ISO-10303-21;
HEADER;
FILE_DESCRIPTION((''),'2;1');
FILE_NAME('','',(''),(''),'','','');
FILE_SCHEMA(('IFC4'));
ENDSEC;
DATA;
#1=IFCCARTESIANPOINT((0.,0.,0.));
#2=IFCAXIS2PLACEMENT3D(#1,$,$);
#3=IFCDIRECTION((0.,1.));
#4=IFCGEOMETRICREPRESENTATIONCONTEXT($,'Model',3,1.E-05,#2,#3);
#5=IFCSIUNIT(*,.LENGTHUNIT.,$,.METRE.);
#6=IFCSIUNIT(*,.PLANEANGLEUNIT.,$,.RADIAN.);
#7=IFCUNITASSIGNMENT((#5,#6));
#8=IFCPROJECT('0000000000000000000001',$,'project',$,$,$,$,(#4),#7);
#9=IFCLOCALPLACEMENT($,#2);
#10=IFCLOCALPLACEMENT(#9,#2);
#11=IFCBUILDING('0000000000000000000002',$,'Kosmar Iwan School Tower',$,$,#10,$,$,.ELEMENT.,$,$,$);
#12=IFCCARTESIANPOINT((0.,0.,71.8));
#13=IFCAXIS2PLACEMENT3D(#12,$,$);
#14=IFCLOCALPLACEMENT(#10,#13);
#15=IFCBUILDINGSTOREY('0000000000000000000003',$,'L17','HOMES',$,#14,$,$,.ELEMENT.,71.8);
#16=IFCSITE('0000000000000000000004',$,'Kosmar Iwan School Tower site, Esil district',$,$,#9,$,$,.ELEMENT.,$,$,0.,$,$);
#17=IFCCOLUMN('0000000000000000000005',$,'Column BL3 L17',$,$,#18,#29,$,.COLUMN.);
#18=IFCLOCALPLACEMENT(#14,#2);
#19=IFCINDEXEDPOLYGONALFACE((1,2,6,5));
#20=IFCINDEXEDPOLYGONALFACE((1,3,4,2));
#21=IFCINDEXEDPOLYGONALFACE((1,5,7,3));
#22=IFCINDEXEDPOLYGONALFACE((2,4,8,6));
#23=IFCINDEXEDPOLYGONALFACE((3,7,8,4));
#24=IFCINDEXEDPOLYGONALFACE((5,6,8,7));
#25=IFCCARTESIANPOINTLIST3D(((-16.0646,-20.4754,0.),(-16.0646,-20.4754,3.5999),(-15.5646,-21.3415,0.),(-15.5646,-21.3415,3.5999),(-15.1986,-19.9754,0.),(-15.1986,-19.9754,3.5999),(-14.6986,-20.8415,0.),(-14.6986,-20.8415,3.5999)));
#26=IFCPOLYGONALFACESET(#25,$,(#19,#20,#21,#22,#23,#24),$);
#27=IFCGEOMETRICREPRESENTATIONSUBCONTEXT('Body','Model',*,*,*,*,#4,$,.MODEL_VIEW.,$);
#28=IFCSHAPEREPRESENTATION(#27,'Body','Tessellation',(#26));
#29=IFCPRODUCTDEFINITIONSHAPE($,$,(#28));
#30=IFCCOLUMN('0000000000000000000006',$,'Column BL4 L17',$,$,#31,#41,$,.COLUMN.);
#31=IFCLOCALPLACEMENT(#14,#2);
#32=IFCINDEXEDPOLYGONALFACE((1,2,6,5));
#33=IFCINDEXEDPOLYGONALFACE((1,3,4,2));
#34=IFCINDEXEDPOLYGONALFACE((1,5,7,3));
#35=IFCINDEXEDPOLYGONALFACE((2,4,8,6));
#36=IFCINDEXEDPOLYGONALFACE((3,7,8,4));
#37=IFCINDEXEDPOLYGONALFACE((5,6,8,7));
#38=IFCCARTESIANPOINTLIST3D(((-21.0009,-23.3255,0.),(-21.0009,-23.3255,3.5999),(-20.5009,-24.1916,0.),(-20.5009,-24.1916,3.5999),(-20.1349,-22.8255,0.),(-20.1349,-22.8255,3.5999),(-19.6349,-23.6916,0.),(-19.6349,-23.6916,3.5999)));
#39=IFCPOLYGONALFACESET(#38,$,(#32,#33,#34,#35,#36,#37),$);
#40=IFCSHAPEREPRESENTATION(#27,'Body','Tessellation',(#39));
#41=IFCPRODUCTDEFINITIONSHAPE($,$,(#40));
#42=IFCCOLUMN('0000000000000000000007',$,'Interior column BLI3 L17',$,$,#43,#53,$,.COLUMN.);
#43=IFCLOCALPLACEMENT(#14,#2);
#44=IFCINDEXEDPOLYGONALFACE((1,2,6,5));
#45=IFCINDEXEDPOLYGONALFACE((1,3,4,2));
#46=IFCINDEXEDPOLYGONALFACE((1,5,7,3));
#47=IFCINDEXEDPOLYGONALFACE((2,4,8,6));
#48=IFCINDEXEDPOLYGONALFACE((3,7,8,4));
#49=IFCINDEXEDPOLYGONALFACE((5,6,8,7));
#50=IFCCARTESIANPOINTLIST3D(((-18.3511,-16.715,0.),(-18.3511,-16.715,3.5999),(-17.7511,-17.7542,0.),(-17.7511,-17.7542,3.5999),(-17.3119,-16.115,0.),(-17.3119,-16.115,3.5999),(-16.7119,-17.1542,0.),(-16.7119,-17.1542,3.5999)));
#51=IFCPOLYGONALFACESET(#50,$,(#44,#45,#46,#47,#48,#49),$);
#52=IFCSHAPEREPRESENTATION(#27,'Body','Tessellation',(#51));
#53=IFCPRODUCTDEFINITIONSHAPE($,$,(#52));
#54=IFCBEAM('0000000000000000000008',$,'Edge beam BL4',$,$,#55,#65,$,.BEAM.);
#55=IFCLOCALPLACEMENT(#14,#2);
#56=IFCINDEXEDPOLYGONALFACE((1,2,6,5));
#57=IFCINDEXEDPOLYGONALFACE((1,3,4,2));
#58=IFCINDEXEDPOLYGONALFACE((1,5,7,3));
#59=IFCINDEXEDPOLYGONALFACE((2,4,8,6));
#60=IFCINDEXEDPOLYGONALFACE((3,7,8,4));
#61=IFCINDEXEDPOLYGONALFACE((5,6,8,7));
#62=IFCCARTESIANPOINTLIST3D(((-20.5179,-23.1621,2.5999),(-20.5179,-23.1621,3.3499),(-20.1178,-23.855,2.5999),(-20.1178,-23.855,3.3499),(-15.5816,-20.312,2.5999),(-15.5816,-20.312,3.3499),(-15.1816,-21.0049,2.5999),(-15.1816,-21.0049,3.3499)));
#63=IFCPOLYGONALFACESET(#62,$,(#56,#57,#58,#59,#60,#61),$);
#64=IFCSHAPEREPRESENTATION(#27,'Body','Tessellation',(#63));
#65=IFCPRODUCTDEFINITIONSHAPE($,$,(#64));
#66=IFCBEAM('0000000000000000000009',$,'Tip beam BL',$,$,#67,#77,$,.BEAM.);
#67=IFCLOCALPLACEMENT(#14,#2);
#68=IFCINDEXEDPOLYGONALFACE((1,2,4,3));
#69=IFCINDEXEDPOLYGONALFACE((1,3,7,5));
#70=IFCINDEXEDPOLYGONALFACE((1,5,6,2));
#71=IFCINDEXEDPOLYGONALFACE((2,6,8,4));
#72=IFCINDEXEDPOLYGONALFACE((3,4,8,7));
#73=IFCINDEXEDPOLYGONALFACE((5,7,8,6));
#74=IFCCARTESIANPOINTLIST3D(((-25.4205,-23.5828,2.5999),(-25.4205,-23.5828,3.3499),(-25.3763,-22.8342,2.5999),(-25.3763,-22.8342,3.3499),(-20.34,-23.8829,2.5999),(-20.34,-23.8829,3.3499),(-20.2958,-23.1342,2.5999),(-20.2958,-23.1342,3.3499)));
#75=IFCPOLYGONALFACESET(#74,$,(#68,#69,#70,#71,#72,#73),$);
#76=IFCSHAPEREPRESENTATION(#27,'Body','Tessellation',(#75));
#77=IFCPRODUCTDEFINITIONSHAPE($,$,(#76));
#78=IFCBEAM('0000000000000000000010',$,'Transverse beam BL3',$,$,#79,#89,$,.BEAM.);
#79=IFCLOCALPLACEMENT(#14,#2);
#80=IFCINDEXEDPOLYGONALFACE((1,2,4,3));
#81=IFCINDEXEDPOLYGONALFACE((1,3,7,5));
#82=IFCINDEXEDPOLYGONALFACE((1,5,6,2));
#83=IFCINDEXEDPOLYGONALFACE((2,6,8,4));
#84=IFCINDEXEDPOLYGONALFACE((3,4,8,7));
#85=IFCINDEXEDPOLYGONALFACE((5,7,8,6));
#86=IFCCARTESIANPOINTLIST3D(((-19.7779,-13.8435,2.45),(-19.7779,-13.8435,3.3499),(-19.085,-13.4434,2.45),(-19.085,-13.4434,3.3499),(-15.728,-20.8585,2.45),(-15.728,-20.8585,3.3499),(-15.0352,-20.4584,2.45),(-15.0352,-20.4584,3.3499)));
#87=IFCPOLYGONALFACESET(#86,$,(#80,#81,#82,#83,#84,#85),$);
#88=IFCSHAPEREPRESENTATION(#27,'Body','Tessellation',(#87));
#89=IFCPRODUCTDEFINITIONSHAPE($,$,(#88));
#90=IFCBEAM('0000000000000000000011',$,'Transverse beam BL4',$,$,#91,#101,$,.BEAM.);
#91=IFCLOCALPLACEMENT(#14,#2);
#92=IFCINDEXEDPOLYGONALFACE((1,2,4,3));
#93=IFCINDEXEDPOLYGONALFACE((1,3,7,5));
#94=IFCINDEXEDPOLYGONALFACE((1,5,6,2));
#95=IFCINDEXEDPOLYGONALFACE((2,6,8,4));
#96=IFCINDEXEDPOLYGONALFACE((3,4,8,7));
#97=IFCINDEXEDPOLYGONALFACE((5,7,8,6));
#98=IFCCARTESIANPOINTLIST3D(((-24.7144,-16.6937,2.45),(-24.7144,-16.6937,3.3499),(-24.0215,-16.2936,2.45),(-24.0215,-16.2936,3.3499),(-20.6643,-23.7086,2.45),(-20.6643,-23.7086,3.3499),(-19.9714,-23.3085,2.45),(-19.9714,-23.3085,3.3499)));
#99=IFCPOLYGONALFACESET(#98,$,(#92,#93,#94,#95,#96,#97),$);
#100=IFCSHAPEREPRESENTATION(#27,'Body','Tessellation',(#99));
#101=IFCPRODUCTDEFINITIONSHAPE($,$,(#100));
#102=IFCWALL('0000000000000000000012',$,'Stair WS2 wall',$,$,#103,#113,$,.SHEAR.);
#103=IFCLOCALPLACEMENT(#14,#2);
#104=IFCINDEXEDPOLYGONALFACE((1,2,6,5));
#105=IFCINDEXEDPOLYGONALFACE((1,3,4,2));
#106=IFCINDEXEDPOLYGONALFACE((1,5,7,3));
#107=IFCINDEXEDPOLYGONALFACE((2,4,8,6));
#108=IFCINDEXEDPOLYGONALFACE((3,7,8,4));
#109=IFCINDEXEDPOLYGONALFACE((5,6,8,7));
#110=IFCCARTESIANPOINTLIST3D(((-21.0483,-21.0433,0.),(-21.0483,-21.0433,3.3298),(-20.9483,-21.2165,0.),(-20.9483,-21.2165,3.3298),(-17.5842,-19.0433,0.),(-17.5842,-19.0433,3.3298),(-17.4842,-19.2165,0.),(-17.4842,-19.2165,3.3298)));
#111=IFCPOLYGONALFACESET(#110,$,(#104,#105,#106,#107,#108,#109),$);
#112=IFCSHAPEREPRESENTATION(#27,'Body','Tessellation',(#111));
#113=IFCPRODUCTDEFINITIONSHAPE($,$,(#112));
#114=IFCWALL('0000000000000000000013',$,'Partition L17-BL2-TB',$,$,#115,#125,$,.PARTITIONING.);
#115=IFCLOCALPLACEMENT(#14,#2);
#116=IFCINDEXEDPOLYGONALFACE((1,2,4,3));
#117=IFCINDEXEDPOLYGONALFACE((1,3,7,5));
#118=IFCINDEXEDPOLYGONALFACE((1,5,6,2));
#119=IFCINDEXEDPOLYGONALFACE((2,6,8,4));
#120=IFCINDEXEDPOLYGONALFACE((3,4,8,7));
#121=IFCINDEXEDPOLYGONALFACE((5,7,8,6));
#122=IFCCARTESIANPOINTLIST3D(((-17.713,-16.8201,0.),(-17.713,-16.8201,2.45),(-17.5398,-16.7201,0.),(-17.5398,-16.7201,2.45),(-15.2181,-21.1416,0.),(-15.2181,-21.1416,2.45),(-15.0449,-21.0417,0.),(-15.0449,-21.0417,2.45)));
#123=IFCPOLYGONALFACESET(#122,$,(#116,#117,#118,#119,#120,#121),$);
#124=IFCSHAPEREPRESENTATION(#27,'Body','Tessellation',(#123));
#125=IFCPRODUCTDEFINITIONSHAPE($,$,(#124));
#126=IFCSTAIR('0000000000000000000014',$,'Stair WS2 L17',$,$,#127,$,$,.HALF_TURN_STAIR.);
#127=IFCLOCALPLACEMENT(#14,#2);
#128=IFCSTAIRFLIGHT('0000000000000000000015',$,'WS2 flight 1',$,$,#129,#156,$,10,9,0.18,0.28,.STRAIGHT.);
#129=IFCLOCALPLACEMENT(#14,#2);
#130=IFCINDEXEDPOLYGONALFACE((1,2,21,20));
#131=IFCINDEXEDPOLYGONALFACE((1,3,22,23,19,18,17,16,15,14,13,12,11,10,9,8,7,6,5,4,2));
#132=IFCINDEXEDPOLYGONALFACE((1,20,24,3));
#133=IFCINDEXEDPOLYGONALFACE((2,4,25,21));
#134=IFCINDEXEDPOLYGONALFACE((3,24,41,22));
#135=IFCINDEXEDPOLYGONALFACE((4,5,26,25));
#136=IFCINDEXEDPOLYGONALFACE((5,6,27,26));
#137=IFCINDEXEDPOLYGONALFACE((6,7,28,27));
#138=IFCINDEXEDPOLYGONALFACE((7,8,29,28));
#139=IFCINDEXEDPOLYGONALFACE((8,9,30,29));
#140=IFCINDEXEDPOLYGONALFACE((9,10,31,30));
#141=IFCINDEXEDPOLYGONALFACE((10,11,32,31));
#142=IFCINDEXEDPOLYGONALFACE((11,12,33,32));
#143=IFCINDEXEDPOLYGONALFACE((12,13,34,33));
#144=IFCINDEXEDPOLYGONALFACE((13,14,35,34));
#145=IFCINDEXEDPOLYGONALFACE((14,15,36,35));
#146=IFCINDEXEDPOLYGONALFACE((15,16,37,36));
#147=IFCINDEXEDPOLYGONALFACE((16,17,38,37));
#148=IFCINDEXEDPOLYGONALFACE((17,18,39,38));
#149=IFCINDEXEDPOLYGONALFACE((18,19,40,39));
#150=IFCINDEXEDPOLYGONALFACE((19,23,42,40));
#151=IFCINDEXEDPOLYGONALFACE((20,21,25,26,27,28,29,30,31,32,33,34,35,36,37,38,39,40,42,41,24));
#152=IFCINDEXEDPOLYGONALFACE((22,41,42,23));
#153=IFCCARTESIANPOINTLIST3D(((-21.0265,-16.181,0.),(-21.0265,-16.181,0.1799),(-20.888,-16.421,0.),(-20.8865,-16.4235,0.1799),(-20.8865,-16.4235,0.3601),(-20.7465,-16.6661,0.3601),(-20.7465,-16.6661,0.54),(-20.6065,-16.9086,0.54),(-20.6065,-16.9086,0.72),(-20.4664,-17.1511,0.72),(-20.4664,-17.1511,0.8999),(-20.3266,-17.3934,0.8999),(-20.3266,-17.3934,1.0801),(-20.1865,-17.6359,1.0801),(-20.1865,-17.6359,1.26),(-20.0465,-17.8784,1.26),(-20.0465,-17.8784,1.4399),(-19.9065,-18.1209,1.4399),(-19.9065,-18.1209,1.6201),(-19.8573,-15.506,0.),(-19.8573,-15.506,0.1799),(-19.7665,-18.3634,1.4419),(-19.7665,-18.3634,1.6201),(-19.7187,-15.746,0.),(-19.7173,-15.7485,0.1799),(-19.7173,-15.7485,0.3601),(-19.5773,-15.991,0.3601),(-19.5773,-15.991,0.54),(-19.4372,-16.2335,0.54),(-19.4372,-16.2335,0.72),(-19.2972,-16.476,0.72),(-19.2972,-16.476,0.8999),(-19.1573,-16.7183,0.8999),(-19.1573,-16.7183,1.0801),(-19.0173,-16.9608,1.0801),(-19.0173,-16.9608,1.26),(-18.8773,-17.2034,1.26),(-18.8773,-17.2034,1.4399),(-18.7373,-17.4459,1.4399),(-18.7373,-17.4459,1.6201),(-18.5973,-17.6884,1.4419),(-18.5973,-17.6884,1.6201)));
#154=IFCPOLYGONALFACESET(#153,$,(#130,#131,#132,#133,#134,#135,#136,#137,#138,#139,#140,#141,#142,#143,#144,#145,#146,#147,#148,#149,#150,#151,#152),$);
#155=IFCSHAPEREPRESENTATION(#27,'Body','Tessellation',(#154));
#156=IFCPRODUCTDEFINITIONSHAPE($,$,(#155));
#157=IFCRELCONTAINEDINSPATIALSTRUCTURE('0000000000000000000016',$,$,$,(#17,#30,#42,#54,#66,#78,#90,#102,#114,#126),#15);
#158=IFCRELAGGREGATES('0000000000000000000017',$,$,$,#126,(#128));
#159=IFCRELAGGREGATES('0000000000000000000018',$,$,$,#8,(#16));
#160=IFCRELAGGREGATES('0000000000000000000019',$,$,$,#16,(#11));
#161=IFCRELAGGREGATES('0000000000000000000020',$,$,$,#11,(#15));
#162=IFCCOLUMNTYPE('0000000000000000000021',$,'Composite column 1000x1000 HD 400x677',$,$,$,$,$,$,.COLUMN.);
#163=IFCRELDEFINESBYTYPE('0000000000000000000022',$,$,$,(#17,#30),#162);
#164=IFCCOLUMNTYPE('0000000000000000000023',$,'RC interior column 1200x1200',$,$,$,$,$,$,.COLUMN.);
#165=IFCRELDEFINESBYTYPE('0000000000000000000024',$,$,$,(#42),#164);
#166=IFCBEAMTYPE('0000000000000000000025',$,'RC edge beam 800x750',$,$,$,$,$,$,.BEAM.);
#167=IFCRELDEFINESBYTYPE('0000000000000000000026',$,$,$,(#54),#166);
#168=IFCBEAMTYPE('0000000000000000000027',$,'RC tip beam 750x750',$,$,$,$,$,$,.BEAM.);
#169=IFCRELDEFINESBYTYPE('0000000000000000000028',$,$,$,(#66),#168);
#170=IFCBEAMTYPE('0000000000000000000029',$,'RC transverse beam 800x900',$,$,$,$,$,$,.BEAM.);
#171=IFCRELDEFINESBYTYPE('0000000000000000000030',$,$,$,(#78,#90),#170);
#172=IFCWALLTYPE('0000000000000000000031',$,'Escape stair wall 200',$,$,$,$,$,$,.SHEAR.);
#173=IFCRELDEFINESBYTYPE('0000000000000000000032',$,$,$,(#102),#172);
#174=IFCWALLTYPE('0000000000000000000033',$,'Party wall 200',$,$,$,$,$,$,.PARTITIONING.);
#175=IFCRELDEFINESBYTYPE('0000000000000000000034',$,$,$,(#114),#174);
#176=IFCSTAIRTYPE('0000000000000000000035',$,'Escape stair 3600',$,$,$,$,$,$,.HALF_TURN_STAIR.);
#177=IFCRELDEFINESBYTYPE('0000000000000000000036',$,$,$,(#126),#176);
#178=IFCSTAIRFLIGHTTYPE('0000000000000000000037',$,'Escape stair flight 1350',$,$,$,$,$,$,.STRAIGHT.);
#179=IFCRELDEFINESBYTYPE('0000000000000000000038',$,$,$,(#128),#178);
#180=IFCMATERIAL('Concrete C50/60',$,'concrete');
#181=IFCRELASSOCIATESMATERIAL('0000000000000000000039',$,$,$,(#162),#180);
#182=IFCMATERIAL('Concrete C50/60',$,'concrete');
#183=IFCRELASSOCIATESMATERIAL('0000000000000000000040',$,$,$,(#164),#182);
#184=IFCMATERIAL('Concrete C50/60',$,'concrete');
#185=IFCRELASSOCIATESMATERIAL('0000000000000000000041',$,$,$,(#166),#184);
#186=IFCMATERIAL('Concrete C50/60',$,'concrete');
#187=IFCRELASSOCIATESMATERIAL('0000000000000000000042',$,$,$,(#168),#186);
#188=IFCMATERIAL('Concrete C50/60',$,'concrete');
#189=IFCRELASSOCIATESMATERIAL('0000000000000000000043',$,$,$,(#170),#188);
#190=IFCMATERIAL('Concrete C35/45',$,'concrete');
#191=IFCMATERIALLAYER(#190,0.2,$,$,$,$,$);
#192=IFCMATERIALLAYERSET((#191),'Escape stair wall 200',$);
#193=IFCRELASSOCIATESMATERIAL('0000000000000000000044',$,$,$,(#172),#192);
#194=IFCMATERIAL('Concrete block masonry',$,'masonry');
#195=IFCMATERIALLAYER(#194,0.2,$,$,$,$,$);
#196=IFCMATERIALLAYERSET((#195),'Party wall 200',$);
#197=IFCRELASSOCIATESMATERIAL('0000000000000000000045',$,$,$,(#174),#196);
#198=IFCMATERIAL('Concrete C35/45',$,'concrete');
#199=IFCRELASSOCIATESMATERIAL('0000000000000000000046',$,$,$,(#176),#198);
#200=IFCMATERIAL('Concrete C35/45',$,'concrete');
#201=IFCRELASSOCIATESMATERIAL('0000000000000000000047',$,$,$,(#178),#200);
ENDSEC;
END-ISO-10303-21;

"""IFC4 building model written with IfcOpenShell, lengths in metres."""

from ifc_helpers import new_model, si_unit, direction, frame, frame_2d, origin, origin_2d, place, context, subcontext, project, spatial, polyline, rectangle, outline, extrude, material, layer, layer_set, material_profile, profile_set, type_object, element, aggregate, save


model = new_model("IFC4")

# Units and contexts
model_context = context("Model", 3, precision=1e-05, world=origin(), true_north=direction((0.0, 1.0)))
body_context = subcontext(model_context, "Body", "Model", "MODEL_VIEW")
ifc_project = project(units=[si_unit("LENGTHUNIT", "METRE"), si_unit("PLANEANGLEUNIT", "RADIAN")], contexts=[model_context])

# Site, building, storey
site_placement = place(None, origin())
site = spatial("IfcSite", under=ifc_project, at=site_placement, Name="Kosmar Iwan School Tower site, Esil district", CompositionType="ELEMENT", RefElevation=0.0)
building_placement = place(site_placement, origin())
building = spatial("IfcBuilding", under=site, at=building_placement, Name="Kosmar Iwan School Tower", CompositionType="ELEMENT")
storey_placement = place(building_placement, frame((0.0, 0.0, 71.8)))
storey = spatial("IfcBuildingStorey", under=building, at=storey_placement, Name="L17", Description="HOMES", CompositionType="ELEMENT", Elevation=71.8)

# Columns
ifc_material_1 = material(Name="Concrete C50/60", Category="concrete")
ifc_material_profile_1 = material_profile(ifc_material_1, rectangle(XDim=1.0, YDim=1.0, at=origin_2d()), Name="RC 1000x1000 + HD 400x677")
ifc_profile_set_1 = profile_set([ifc_material_profile_1], Name="Concrete C50/60")
column_type_1 = type_object("IfcColumnType", Name="Composite column 1000x1000 HD 400x677", PredefinedType="COLUMN", material=ifc_profile_set_1)
for number, where, z_axis, x_axis, name in (
    (1, (-15.3816, -20.6584, 0.0), (0.0, 0.0, 1.0), (-0.866025, -0.5, 0.0), "Column BL3 L17"),
    (2, (-20.3179, -23.5085, 0.0), (0.0, 0.0, 1.0), (-0.866025, -0.5, 0.0), "Column BL4 L17"),
):
    element("IfcColumn", number, at=place(storey_placement, frame(where, z_axis=z_axis, x_axis=x_axis)), inside=storey, type_object=column_type_1, Name=name, PredefinedType="COLUMN", context=body_context, shape_type="SweptSolid", body=[
        extrude(rectangle(XDim=1.0, YDim=1.0, at=origin_2d()), origin(), (0.0, 0.0, 1.0), 3.5999),
    ])
ifc_material_2 = material(Name="Concrete C50/60", Category="concrete")
ifc_material_profile_2 = material_profile(ifc_material_2, rectangle(XDim=1.2, YDim=1.2, at=origin_2d()), Name="RC 1200x1200")
ifc_profile_set_2 = profile_set([ifc_material_profile_2], Name="Concrete C50/60")
column_type_2 = type_object("IfcColumnType", Name="RC interior column 1200x1200", PredefinedType="COLUMN", material=ifc_profile_set_2)
column_placement = place(storey_placement, frame((-17.5315, -16.9346, 0.0), z_axis=(0.0, 0.0, 1.0), x_axis=(-0.866025, -0.5, 0.0)))
element("IfcColumn", 3, at=column_placement, inside=storey, type_object=column_type_2, Name="Interior column BLI3 L17", PredefinedType="COLUMN", context=body_context, shape_type="SweptSolid", body=[
    extrude(rectangle(XDim=1.2, YDim=1.2, at=origin_2d()), origin(), (0.0, 0.0, 1.0), 3.5999),
])

# Beams
ifc_material_3 = material(Name="Concrete C50/60", Category="concrete")
ifc_material_profile_3 = material_profile(ifc_material_3, rectangle(XDim=0.8, YDim=0.75, at=origin_2d()), Name="RC 800x750")
ifc_profile_set_3 = profile_set([ifc_material_profile_3], Name="Concrete C50/60")
beam_type_1 = type_object("IfcBeamType", Name="RC edge beam 800x750", PredefinedType="BEAM", material=ifc_profile_set_3)
beam_1_placement = place(storey_placement, frame((-15.3816, -20.6584, 2.9749), z_axis=(-0.866015, -0.500018, 0.0), x_axis=(0.500018, -0.866015, 0.0)))
element("IfcBeam", 4, at=beam_1_placement, inside=storey, type_object=beam_type_1, Name="Edge beam BL4", PredefinedType="BEAM", context=body_context, shape_type="SweptSolid", body=[
    extrude(rectangle(XDim=0.8, YDim=0.75, at=origin_2d()), origin(), (0.0, 0.0, 1.0), 5.7),
])
ifc_material_4 = material(Name="Concrete C50/60", Category="concrete")
ifc_material_profile_4 = material_profile(ifc_material_4, rectangle(XDim=0.75, YDim=0.75, at=origin_2d()), Name="RC 750x750")
ifc_profile_set_4 = profile_set([ifc_material_profile_4], Name="Concrete C50/60")
beam_type_2 = type_object("IfcBeamType", Name="RC tip beam 750x750", PredefinedType="BEAM", material=ifc_profile_set_4)
beam_2_placement = place(storey_placement, frame((-20.3179, -23.5085, 2.9749), z_axis=(-0.998261, 0.058955, 0.0), x_axis=(-0.058955, -0.998261, 0.0)))
element("IfcBeam", 5, at=beam_2_placement, inside=storey, type_object=beam_type_2, Name="Tip beam BL", PredefinedType="BEAM", context=body_context, shape_type="SweptSolid", body=[
    extrude(rectangle(XDim=0.75, YDim=0.75, at=origin_2d()), origin(), (0.0, 0.0, 1.0), 5.0894),
])
ifc_material_5 = material(Name="Concrete C50/60", Category="concrete")
ifc_material_profile_5 = material_profile(ifc_material_5, rectangle(XDim=0.8, YDim=0.8999, at=origin_2d()), Name="RC 800x900")
ifc_profile_set_5 = profile_set([ifc_material_profile_5], Name="Concrete C50/60")
beam_type_3 = type_object("IfcBeamType", Name="RC transverse beam 800x900", PredefinedType="BEAM", material=ifc_profile_set_5)
for number, where, z_axis, x_axis, name in (
    (6, (-15.3816, -20.6584, 2.8999), (-0.499977, 0.866039, 0.0), (-0.866039, -0.499977, 0.0), "Transverse beam BL3"),
    (7, (-20.3179, -23.5085, 2.8999), (-0.5, 0.866025, 0.0), (-0.866025, -0.5, 0.0), "Transverse beam BL4"),
):
    element("IfcBeam", number, at=place(storey_placement, frame(where, z_axis=z_axis, x_axis=x_axis)), inside=storey, type_object=beam_type_3, Name=name, PredefinedType="BEAM", context=body_context, shape_type="SweptSolid", body=[
        extrude(rectangle(XDim=0.8, YDim=0.8999, at=origin_2d()), origin(), (0.0, 0.0, 1.0), 8.1001),
    ])

# Walls
ifc_material_6 = material(Name="Concrete C35/45", Category="concrete")
ifc_layer_1 = layer(ifc_material_6, 0.2)
ifc_layer_set_1 = layer_set([ifc_layer_1], Name="Escape stair wall 200")
wall_type_1 = type_object("IfcWallType", Name="Escape stair wall 200", PredefinedType="SHEAR", material=ifc_layer_set_1)
wall_1_placement = place(storey_placement, frame((-17.5342, -19.1299, 0.0), z_axis=(0.0, 0.0, 1.0), x_axis=(-0.866026, -0.499999, 0.0)))
element("IfcWall", 8, at=wall_1_placement, inside=storey, type_object=wall_type_1, Name="Stair WS2 wall", PredefinedType="SHEAR", context=body_context, shape_type="SweptSolid", body=[
    extrude(rectangle(XDim=4.0, YDim=0.2, at=frame_2d((2.0, 0.0))), origin(), (0.0, 0.0, 1.0), 3.3298),
])
ifc_material_7 = material(Name="Concrete block masonry", Category="masonry")
ifc_layer_2 = layer(ifc_material_7, 0.2)
ifc_layer_set_2 = layer_set([ifc_layer_2], Name="Party wall 200")
wall_type_2 = type_object("IfcWallType", Name="Party wall 200", PredefinedType="PARTITIONING", material=ifc_layer_set_2)
wall_2_placement = place(storey_placement, frame((-17.6265, -16.77, 0.0), z_axis=(0.0, 0.0, 1.0), x_axis=(0.499975, -0.86604, 0.0)))
element("IfcWall", 9, at=wall_2_placement, inside=storey, type_object=wall_type_2, Name="Partition L17-BL2-TB", PredefinedType="PARTITIONING", context=body_context, shape_type="SweptSolid", body=[
    extrude(rectangle(XDim=4.99, YDim=0.2, at=frame_2d((2.4951, 0.0))), origin(), (0.0, 0.0, 1.0), 2.45),
])

# Stair, stair flight
ifc_material_8 = material(Name="Concrete C35/45", Category="concrete")
stair_type = type_object("IfcStairType", Name="Escape stair 3600", PredefinedType="HALF_TURN_STAIR", material=ifc_material_8)
stair_placement = place(storey_placement, origin())
stair = element("IfcStair", 10, at=stair_placement, inside=storey, type_object=stair_type, Name="Stair WS2 L17", PredefinedType="HALF_TURN_STAIR")
ifc_material_9 = material(Name="Concrete C35/45", Category="concrete")
stair_flight_type = type_object("IfcStairFlightType", Name="Escape stair flight 1350", PredefinedType="STRAIGHT", material=ifc_material_9)
stair_flight_1_placement = place(storey_placement, frame((-20.4419, -15.8435, 0.0), z_axis=(0.0, 0.0, 1.0), x_axis=(0.5, -0.866025, 0.0)))
stair_flight_1 = element("IfcStairFlight", 11, at=stair_flight_1_placement, type_object=stair_flight_type, Name="WS2 flight 1", NumberOfRisers=10, NumberOfTreads=9, PredefinedType="STRAIGHT", RiserHeight=0.18, TreadLength=0.28, context=body_context, shape_type="SweptSolid", body=[
    extrude(outline(polyline([(0.0, 0.0), (0.0, 0.1799), (0.28, 0.1799), (0.28, 0.3601), (0.5601, 0.3601), (0.5601, 0.54), (0.8401, 0.54), (0.8401, 0.72), (1.1201, 0.72), (1.1201, 0.8999), (1.3999, 0.8999), (1.3999, 1.0801), (1.6799, 1.0801), (1.6799, 1.26), (1.96, 1.26), (1.96, 1.4399), (2.24, 1.4399), (2.24, 1.6201), (2.52, 1.6201), (2.52, 1.8), (2.52, 1.4419), (0.2771, 0.0), (0.0, 0.0)])), frame((0.0, 0.675, 0.0), z_axis=(0.0, -1.0, 0.0), x_axis=(1.0, 0.0, 0.0)), (0.0, 0.0, 1.0), 1.3501),
])
aggregate(stair, [stair_flight_1])

save(model, "model.ifc")
